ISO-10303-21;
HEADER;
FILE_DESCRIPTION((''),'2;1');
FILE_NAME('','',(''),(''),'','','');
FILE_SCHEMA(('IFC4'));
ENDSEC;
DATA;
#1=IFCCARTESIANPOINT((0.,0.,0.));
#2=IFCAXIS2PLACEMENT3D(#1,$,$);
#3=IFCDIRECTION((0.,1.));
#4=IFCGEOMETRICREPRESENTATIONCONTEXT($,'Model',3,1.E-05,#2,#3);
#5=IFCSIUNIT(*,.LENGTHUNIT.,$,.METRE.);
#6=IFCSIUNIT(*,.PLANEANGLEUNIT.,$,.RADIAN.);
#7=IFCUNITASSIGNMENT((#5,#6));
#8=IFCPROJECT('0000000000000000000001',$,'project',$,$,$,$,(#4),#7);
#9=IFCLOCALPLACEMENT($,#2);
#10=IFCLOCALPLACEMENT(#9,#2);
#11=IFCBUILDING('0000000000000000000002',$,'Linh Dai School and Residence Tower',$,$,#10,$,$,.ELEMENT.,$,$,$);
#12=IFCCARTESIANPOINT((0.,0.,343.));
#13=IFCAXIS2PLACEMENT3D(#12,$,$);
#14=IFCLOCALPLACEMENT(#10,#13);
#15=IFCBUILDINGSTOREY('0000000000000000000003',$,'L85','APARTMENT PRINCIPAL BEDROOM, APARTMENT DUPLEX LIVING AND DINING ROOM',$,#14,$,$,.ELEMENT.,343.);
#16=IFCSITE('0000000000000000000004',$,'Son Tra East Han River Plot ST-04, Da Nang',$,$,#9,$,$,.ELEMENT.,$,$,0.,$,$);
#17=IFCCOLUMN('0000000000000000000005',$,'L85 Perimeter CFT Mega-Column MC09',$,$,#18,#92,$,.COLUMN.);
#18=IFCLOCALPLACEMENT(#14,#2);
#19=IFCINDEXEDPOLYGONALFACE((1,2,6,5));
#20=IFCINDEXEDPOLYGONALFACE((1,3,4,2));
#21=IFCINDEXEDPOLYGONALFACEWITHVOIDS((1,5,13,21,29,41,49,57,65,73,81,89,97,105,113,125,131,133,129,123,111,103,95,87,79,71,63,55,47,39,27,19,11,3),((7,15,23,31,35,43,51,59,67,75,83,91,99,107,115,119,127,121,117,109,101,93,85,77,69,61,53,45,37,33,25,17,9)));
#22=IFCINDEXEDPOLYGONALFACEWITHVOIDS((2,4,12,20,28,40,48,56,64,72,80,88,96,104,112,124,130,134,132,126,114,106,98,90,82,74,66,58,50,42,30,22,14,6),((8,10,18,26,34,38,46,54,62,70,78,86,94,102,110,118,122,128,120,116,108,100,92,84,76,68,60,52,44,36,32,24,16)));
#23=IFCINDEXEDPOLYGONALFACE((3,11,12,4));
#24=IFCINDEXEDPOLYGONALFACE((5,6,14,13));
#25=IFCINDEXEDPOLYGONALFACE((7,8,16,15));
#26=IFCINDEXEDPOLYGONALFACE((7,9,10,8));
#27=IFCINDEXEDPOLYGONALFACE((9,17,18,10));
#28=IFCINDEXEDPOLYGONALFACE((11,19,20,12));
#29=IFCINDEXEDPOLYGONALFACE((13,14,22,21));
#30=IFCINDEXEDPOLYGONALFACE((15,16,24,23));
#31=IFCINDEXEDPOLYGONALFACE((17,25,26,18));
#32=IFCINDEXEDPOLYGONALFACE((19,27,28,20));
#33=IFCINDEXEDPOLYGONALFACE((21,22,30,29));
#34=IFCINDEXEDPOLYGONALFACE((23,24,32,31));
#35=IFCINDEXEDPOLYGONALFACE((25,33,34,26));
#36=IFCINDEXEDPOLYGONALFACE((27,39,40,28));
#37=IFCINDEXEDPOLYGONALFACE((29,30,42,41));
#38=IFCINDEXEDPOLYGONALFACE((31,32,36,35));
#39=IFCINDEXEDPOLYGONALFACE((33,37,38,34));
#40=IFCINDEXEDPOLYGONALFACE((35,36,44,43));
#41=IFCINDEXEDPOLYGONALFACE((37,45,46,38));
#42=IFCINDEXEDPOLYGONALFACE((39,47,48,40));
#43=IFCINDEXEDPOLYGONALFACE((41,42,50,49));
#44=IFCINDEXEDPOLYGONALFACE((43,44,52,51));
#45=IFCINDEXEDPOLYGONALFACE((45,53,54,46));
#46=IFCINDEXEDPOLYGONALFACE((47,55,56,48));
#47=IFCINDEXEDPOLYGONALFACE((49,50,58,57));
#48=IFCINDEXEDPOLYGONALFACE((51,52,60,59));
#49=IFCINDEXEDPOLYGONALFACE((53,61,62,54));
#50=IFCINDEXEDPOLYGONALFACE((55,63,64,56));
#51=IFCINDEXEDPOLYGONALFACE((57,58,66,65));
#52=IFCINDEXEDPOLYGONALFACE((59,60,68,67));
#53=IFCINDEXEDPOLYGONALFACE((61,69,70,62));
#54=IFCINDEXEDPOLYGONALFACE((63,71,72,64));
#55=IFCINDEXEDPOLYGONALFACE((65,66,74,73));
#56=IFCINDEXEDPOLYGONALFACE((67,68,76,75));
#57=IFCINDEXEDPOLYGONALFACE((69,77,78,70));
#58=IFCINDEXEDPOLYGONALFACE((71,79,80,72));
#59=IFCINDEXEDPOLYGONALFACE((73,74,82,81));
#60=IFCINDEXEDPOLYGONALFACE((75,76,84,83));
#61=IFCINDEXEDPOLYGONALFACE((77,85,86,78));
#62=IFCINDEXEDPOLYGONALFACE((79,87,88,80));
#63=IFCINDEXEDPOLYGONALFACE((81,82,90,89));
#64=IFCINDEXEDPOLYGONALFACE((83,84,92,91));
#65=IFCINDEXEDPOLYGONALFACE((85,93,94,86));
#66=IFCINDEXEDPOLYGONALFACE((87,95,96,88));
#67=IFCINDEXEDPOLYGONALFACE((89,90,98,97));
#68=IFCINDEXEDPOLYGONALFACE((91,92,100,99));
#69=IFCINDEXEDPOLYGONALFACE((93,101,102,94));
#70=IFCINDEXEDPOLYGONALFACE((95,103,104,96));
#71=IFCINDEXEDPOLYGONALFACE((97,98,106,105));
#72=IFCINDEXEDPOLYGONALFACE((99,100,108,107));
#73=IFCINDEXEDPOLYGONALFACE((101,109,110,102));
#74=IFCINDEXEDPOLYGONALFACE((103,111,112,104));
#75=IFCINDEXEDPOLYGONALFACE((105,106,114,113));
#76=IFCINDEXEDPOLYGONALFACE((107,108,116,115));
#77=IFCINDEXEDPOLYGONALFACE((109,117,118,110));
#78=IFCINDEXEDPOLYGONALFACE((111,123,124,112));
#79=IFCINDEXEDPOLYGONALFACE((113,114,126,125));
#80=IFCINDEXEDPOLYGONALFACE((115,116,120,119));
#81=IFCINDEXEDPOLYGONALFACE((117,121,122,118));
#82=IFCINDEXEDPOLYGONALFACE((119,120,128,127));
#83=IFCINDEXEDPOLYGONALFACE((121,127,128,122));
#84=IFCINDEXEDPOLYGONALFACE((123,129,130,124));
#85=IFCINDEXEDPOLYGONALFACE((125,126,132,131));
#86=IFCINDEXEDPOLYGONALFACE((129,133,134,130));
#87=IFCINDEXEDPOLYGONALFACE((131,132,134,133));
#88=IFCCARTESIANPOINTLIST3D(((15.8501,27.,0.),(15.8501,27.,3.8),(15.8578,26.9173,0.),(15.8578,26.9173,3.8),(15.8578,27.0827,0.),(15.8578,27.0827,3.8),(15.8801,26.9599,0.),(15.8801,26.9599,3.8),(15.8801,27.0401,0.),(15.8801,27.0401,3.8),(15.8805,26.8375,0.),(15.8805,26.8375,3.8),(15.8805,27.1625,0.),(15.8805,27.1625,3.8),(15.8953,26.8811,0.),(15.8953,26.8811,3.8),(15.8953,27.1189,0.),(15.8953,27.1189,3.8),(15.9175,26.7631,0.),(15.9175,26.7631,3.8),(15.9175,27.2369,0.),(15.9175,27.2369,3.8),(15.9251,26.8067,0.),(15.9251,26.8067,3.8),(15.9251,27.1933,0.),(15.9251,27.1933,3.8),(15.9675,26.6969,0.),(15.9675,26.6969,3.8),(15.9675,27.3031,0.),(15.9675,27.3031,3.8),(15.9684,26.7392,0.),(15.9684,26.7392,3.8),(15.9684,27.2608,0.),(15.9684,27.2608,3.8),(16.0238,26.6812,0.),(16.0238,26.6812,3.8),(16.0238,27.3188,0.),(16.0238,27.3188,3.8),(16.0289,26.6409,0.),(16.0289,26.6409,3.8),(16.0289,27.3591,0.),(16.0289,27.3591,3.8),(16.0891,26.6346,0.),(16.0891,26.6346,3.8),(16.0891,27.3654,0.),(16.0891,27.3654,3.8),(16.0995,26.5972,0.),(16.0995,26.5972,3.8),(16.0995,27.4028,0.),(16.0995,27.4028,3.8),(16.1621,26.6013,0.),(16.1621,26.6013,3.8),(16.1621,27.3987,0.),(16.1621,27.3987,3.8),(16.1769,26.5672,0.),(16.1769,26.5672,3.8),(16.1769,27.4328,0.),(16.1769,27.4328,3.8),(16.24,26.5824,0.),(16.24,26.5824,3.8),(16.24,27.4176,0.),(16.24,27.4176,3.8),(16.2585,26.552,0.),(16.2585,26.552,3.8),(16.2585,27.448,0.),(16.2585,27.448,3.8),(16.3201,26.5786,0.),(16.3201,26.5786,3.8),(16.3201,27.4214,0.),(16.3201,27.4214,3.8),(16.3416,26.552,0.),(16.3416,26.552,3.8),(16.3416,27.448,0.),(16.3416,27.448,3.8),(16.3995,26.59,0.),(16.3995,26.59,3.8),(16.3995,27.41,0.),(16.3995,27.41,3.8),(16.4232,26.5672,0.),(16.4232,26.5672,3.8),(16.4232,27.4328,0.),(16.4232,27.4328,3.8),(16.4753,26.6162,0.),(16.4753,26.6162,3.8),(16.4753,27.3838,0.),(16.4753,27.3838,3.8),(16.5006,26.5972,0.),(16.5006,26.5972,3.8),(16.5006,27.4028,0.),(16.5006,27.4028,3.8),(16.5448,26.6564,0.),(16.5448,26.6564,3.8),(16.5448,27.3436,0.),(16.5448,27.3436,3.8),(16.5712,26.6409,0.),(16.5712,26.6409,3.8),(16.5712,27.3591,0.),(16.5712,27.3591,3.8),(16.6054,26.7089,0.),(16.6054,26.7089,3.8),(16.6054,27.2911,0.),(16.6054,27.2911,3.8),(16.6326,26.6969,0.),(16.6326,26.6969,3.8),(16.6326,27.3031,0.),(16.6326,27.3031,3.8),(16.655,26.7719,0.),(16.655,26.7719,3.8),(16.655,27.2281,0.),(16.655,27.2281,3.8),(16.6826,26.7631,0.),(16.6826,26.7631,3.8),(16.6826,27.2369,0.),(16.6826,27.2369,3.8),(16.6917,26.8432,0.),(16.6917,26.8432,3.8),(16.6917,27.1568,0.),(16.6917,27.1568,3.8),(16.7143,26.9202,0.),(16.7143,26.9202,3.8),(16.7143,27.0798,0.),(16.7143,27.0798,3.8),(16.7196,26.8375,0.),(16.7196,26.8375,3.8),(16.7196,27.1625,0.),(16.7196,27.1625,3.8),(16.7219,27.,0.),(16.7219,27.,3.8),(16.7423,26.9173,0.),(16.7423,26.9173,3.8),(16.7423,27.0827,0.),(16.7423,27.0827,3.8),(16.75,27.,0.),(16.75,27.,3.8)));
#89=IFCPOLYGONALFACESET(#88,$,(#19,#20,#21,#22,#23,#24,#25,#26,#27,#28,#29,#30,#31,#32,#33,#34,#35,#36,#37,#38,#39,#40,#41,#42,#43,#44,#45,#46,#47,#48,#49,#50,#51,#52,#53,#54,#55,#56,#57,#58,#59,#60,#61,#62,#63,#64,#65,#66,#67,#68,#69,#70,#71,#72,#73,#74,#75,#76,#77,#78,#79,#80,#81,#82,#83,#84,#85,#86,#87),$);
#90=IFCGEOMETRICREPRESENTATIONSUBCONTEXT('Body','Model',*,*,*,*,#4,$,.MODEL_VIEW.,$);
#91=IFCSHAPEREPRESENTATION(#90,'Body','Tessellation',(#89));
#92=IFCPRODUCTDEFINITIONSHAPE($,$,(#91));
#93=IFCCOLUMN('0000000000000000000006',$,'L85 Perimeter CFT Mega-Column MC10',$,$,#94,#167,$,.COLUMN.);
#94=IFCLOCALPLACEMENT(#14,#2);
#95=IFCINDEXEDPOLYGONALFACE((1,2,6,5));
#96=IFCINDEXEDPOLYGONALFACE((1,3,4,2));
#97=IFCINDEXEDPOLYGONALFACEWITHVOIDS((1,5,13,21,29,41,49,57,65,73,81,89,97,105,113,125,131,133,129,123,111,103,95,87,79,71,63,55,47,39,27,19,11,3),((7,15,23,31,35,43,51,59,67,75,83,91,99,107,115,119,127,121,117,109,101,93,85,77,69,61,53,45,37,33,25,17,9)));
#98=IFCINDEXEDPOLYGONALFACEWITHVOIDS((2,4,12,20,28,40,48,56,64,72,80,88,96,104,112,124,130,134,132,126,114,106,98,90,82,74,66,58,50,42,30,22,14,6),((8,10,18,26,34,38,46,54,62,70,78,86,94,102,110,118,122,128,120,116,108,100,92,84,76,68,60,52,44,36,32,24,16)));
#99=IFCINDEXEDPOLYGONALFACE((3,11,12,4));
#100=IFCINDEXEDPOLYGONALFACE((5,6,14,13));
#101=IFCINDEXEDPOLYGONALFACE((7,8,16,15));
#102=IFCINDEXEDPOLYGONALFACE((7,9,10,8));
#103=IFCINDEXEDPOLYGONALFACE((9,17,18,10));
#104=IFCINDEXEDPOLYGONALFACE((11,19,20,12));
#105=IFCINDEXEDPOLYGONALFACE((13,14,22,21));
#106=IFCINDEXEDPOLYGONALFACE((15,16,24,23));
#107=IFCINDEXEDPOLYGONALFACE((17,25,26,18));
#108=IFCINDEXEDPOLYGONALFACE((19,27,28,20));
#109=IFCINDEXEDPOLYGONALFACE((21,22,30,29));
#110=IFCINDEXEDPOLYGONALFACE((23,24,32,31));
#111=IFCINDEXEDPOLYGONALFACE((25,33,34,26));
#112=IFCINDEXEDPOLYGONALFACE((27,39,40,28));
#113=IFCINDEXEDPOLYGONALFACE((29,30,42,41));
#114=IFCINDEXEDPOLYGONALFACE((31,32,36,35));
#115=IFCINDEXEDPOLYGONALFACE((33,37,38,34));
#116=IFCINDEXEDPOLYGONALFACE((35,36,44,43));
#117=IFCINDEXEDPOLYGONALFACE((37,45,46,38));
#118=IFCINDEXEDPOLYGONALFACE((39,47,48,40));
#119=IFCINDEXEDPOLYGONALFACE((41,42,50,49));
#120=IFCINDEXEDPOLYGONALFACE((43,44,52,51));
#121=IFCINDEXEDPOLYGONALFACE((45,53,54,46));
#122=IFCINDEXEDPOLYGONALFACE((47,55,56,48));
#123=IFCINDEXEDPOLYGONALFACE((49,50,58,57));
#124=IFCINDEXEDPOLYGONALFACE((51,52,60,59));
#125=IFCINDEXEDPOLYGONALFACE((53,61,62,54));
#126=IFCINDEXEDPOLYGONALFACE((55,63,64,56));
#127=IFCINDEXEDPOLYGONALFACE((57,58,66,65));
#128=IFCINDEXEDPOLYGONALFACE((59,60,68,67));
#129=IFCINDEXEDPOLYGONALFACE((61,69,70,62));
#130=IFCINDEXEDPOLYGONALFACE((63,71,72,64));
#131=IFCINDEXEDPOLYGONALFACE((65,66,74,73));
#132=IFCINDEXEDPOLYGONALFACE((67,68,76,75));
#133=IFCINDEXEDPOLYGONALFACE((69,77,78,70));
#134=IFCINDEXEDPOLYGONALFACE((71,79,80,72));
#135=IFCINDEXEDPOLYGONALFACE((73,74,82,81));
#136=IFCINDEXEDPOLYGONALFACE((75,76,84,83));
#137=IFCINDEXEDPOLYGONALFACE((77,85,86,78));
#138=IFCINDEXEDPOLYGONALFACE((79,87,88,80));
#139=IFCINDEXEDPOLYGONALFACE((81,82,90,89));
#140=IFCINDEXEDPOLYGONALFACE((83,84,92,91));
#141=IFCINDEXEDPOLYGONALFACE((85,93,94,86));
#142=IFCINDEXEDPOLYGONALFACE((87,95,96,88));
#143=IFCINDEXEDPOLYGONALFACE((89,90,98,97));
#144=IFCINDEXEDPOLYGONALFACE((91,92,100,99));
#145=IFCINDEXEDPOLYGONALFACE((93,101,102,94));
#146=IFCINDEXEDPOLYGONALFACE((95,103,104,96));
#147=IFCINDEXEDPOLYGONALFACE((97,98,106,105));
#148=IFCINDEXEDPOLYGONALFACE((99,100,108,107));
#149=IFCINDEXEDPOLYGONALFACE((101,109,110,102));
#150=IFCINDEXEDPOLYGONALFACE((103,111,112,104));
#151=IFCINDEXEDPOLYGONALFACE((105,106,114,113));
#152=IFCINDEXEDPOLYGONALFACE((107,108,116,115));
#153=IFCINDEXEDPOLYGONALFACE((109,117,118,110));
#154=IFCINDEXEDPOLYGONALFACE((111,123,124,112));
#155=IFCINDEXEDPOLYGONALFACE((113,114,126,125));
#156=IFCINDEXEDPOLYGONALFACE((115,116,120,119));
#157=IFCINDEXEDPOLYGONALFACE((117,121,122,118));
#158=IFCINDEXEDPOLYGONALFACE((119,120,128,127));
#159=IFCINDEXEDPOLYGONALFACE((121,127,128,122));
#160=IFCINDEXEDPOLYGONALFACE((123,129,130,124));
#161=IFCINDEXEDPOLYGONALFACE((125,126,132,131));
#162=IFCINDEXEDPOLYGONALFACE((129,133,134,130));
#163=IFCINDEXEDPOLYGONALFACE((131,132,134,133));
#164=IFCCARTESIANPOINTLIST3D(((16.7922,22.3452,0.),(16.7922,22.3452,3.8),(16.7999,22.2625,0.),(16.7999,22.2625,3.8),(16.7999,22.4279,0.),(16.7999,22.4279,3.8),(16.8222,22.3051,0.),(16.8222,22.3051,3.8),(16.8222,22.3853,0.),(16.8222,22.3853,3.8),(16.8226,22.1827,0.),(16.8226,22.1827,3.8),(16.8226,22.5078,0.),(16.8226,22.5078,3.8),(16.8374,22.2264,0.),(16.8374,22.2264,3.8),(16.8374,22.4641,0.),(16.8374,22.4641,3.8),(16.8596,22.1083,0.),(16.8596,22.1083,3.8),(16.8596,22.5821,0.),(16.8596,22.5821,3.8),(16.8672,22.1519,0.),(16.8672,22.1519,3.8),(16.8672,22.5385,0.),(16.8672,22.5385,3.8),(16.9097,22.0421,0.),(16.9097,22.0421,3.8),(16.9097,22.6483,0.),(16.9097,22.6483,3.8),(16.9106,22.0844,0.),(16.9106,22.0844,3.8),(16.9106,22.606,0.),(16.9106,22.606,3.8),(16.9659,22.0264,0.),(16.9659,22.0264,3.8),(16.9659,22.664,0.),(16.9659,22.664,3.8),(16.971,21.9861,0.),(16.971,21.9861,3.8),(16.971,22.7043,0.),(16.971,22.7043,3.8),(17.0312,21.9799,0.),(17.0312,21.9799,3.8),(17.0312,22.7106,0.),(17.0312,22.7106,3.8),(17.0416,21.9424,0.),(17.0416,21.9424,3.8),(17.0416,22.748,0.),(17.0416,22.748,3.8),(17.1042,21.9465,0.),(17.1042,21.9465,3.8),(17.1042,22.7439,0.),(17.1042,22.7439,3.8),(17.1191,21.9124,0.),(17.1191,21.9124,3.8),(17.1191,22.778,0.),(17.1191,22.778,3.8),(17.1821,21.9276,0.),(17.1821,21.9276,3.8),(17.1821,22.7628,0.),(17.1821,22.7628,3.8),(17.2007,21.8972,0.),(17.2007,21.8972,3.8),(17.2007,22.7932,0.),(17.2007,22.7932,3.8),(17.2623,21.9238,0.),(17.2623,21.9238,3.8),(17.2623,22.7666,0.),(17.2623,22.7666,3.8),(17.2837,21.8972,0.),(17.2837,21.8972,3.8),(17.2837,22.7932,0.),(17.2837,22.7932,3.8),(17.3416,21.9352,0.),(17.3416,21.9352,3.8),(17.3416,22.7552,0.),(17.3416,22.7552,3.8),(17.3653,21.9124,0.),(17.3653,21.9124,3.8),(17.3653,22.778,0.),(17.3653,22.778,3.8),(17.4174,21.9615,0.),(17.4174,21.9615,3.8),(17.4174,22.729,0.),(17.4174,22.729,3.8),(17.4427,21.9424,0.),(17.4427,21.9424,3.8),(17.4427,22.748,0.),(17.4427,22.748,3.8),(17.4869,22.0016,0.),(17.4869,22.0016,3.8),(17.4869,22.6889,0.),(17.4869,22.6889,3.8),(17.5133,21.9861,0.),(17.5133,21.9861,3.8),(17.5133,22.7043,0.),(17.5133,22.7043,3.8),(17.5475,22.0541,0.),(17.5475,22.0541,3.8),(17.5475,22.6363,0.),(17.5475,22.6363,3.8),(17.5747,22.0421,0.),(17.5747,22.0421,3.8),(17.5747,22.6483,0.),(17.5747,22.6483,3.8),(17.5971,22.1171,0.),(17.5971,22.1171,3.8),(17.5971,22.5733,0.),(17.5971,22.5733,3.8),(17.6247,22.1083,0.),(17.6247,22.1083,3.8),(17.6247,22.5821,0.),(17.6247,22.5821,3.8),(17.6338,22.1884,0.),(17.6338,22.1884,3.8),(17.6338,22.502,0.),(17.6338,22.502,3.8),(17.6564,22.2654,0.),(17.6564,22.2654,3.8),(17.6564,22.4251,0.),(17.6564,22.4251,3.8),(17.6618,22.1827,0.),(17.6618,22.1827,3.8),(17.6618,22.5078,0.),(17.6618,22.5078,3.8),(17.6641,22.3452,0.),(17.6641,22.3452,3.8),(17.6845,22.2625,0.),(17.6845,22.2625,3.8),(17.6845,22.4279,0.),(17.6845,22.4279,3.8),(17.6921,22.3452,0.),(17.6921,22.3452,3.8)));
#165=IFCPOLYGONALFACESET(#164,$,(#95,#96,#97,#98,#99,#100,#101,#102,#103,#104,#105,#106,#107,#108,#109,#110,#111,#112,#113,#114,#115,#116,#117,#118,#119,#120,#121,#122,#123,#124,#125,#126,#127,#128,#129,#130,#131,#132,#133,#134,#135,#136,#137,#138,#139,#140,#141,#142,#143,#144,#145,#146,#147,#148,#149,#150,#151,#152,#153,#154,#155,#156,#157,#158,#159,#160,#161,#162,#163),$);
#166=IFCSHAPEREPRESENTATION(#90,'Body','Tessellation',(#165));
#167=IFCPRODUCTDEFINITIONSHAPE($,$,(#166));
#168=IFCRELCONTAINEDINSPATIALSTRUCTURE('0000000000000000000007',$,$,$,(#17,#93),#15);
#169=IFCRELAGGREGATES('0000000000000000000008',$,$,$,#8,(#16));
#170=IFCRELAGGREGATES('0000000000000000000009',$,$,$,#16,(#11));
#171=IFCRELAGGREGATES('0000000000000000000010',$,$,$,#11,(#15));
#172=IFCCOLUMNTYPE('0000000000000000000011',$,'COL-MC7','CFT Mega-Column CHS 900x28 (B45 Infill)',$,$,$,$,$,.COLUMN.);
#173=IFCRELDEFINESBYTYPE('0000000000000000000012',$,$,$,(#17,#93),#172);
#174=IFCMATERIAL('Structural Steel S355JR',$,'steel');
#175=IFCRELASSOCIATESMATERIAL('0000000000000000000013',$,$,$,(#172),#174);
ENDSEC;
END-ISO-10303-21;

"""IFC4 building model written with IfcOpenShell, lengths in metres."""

from ifc_helpers import new_model, si_unit, direction, frame, origin, origin_2d, place, context, subcontext, project, spatial, hollow_circle, extrude, material, material_profile, profile_set, type_object, element, save


model = new_model("IFC4")

# Units and contexts
model_context = context("Model", 3, precision=1e-05, world=origin(), true_north=direction((0.0, 1.0)))
body_context = subcontext(model_context, "Body", "Model", "MODEL_VIEW")
ifc_project = project(units=[si_unit("LENGTHUNIT", "METRE"), si_unit("PLANEANGLEUNIT", "RADIAN")], contexts=[model_context])

# Site, building, storey
site_placement = place(None, origin())
site = spatial("IfcSite", under=ifc_project, at=site_placement, Name="Son Tra East Han River Plot ST-04, Da Nang", CompositionType="ELEMENT", RefElevation=0.0)
building_placement = place(site_placement, origin())
building = spatial("IfcBuilding", under=site, at=building_placement, Name="Linh Dai School and Residence Tower", CompositionType="ELEMENT")
storey_placement = place(building_placement, frame((0.0, 0.0, 343.0)))
storey = spatial("IfcBuildingStorey", under=building, at=storey_placement, Name="L85", Description="APARTMENT PRINCIPAL BEDROOM, APARTMENT DUPLEX LIVING AND DINING ROOM", CompositionType="ELEMENT", Elevation=343.0)

# Columns
ifc_material_1 = material(Name="Structural Steel S355JR", Category="steel")
ifc_material_profile_1 = material_profile(ifc_material_1, hollow_circle(Radius=0.45, WallThickness=0.0281, at=origin_2d()), Name="CHS 900x28")
ifc_profile_set_1 = profile_set([ifc_material_profile_1], Name="Structural Steel S355JR")
column_type = type_object("IfcColumnType", Name="COL-MC7", Description="CFT Mega-Column CHS 900x28 (B45 Infill)", PredefinedType="COLUMN", material=ifc_profile_set_1)
for number, where, z_axis, x_axis, name in (
    (1, (16.3, 27.0, 0.0), (0.0, 0.0, 1.0), (1.0, 0.0, 0.0), "L85 Perimeter CFT Mega-Column MC09"),
    (2, (17.2422, 22.3452, 0.0), (0.0, 0.0, 1.0), (1.0, 0.0, 0.0), "L85 Perimeter CFT Mega-Column MC10"),
):
    element("IfcColumn", number, at=place(storey_placement, frame(where, z_axis=z_axis, x_axis=x_axis)), inside=storey, type_object=column_type, Name=name, PredefinedType="COLUMN", context=body_context, shape_type="SweptSolid", body=[
        extrude(hollow_circle(Radius=0.45, WallThickness=0.0281, at=origin_2d()), origin(), (0.0, 0.0, 1.0), 3.8),
    ])

save(model, "model.ifc")
